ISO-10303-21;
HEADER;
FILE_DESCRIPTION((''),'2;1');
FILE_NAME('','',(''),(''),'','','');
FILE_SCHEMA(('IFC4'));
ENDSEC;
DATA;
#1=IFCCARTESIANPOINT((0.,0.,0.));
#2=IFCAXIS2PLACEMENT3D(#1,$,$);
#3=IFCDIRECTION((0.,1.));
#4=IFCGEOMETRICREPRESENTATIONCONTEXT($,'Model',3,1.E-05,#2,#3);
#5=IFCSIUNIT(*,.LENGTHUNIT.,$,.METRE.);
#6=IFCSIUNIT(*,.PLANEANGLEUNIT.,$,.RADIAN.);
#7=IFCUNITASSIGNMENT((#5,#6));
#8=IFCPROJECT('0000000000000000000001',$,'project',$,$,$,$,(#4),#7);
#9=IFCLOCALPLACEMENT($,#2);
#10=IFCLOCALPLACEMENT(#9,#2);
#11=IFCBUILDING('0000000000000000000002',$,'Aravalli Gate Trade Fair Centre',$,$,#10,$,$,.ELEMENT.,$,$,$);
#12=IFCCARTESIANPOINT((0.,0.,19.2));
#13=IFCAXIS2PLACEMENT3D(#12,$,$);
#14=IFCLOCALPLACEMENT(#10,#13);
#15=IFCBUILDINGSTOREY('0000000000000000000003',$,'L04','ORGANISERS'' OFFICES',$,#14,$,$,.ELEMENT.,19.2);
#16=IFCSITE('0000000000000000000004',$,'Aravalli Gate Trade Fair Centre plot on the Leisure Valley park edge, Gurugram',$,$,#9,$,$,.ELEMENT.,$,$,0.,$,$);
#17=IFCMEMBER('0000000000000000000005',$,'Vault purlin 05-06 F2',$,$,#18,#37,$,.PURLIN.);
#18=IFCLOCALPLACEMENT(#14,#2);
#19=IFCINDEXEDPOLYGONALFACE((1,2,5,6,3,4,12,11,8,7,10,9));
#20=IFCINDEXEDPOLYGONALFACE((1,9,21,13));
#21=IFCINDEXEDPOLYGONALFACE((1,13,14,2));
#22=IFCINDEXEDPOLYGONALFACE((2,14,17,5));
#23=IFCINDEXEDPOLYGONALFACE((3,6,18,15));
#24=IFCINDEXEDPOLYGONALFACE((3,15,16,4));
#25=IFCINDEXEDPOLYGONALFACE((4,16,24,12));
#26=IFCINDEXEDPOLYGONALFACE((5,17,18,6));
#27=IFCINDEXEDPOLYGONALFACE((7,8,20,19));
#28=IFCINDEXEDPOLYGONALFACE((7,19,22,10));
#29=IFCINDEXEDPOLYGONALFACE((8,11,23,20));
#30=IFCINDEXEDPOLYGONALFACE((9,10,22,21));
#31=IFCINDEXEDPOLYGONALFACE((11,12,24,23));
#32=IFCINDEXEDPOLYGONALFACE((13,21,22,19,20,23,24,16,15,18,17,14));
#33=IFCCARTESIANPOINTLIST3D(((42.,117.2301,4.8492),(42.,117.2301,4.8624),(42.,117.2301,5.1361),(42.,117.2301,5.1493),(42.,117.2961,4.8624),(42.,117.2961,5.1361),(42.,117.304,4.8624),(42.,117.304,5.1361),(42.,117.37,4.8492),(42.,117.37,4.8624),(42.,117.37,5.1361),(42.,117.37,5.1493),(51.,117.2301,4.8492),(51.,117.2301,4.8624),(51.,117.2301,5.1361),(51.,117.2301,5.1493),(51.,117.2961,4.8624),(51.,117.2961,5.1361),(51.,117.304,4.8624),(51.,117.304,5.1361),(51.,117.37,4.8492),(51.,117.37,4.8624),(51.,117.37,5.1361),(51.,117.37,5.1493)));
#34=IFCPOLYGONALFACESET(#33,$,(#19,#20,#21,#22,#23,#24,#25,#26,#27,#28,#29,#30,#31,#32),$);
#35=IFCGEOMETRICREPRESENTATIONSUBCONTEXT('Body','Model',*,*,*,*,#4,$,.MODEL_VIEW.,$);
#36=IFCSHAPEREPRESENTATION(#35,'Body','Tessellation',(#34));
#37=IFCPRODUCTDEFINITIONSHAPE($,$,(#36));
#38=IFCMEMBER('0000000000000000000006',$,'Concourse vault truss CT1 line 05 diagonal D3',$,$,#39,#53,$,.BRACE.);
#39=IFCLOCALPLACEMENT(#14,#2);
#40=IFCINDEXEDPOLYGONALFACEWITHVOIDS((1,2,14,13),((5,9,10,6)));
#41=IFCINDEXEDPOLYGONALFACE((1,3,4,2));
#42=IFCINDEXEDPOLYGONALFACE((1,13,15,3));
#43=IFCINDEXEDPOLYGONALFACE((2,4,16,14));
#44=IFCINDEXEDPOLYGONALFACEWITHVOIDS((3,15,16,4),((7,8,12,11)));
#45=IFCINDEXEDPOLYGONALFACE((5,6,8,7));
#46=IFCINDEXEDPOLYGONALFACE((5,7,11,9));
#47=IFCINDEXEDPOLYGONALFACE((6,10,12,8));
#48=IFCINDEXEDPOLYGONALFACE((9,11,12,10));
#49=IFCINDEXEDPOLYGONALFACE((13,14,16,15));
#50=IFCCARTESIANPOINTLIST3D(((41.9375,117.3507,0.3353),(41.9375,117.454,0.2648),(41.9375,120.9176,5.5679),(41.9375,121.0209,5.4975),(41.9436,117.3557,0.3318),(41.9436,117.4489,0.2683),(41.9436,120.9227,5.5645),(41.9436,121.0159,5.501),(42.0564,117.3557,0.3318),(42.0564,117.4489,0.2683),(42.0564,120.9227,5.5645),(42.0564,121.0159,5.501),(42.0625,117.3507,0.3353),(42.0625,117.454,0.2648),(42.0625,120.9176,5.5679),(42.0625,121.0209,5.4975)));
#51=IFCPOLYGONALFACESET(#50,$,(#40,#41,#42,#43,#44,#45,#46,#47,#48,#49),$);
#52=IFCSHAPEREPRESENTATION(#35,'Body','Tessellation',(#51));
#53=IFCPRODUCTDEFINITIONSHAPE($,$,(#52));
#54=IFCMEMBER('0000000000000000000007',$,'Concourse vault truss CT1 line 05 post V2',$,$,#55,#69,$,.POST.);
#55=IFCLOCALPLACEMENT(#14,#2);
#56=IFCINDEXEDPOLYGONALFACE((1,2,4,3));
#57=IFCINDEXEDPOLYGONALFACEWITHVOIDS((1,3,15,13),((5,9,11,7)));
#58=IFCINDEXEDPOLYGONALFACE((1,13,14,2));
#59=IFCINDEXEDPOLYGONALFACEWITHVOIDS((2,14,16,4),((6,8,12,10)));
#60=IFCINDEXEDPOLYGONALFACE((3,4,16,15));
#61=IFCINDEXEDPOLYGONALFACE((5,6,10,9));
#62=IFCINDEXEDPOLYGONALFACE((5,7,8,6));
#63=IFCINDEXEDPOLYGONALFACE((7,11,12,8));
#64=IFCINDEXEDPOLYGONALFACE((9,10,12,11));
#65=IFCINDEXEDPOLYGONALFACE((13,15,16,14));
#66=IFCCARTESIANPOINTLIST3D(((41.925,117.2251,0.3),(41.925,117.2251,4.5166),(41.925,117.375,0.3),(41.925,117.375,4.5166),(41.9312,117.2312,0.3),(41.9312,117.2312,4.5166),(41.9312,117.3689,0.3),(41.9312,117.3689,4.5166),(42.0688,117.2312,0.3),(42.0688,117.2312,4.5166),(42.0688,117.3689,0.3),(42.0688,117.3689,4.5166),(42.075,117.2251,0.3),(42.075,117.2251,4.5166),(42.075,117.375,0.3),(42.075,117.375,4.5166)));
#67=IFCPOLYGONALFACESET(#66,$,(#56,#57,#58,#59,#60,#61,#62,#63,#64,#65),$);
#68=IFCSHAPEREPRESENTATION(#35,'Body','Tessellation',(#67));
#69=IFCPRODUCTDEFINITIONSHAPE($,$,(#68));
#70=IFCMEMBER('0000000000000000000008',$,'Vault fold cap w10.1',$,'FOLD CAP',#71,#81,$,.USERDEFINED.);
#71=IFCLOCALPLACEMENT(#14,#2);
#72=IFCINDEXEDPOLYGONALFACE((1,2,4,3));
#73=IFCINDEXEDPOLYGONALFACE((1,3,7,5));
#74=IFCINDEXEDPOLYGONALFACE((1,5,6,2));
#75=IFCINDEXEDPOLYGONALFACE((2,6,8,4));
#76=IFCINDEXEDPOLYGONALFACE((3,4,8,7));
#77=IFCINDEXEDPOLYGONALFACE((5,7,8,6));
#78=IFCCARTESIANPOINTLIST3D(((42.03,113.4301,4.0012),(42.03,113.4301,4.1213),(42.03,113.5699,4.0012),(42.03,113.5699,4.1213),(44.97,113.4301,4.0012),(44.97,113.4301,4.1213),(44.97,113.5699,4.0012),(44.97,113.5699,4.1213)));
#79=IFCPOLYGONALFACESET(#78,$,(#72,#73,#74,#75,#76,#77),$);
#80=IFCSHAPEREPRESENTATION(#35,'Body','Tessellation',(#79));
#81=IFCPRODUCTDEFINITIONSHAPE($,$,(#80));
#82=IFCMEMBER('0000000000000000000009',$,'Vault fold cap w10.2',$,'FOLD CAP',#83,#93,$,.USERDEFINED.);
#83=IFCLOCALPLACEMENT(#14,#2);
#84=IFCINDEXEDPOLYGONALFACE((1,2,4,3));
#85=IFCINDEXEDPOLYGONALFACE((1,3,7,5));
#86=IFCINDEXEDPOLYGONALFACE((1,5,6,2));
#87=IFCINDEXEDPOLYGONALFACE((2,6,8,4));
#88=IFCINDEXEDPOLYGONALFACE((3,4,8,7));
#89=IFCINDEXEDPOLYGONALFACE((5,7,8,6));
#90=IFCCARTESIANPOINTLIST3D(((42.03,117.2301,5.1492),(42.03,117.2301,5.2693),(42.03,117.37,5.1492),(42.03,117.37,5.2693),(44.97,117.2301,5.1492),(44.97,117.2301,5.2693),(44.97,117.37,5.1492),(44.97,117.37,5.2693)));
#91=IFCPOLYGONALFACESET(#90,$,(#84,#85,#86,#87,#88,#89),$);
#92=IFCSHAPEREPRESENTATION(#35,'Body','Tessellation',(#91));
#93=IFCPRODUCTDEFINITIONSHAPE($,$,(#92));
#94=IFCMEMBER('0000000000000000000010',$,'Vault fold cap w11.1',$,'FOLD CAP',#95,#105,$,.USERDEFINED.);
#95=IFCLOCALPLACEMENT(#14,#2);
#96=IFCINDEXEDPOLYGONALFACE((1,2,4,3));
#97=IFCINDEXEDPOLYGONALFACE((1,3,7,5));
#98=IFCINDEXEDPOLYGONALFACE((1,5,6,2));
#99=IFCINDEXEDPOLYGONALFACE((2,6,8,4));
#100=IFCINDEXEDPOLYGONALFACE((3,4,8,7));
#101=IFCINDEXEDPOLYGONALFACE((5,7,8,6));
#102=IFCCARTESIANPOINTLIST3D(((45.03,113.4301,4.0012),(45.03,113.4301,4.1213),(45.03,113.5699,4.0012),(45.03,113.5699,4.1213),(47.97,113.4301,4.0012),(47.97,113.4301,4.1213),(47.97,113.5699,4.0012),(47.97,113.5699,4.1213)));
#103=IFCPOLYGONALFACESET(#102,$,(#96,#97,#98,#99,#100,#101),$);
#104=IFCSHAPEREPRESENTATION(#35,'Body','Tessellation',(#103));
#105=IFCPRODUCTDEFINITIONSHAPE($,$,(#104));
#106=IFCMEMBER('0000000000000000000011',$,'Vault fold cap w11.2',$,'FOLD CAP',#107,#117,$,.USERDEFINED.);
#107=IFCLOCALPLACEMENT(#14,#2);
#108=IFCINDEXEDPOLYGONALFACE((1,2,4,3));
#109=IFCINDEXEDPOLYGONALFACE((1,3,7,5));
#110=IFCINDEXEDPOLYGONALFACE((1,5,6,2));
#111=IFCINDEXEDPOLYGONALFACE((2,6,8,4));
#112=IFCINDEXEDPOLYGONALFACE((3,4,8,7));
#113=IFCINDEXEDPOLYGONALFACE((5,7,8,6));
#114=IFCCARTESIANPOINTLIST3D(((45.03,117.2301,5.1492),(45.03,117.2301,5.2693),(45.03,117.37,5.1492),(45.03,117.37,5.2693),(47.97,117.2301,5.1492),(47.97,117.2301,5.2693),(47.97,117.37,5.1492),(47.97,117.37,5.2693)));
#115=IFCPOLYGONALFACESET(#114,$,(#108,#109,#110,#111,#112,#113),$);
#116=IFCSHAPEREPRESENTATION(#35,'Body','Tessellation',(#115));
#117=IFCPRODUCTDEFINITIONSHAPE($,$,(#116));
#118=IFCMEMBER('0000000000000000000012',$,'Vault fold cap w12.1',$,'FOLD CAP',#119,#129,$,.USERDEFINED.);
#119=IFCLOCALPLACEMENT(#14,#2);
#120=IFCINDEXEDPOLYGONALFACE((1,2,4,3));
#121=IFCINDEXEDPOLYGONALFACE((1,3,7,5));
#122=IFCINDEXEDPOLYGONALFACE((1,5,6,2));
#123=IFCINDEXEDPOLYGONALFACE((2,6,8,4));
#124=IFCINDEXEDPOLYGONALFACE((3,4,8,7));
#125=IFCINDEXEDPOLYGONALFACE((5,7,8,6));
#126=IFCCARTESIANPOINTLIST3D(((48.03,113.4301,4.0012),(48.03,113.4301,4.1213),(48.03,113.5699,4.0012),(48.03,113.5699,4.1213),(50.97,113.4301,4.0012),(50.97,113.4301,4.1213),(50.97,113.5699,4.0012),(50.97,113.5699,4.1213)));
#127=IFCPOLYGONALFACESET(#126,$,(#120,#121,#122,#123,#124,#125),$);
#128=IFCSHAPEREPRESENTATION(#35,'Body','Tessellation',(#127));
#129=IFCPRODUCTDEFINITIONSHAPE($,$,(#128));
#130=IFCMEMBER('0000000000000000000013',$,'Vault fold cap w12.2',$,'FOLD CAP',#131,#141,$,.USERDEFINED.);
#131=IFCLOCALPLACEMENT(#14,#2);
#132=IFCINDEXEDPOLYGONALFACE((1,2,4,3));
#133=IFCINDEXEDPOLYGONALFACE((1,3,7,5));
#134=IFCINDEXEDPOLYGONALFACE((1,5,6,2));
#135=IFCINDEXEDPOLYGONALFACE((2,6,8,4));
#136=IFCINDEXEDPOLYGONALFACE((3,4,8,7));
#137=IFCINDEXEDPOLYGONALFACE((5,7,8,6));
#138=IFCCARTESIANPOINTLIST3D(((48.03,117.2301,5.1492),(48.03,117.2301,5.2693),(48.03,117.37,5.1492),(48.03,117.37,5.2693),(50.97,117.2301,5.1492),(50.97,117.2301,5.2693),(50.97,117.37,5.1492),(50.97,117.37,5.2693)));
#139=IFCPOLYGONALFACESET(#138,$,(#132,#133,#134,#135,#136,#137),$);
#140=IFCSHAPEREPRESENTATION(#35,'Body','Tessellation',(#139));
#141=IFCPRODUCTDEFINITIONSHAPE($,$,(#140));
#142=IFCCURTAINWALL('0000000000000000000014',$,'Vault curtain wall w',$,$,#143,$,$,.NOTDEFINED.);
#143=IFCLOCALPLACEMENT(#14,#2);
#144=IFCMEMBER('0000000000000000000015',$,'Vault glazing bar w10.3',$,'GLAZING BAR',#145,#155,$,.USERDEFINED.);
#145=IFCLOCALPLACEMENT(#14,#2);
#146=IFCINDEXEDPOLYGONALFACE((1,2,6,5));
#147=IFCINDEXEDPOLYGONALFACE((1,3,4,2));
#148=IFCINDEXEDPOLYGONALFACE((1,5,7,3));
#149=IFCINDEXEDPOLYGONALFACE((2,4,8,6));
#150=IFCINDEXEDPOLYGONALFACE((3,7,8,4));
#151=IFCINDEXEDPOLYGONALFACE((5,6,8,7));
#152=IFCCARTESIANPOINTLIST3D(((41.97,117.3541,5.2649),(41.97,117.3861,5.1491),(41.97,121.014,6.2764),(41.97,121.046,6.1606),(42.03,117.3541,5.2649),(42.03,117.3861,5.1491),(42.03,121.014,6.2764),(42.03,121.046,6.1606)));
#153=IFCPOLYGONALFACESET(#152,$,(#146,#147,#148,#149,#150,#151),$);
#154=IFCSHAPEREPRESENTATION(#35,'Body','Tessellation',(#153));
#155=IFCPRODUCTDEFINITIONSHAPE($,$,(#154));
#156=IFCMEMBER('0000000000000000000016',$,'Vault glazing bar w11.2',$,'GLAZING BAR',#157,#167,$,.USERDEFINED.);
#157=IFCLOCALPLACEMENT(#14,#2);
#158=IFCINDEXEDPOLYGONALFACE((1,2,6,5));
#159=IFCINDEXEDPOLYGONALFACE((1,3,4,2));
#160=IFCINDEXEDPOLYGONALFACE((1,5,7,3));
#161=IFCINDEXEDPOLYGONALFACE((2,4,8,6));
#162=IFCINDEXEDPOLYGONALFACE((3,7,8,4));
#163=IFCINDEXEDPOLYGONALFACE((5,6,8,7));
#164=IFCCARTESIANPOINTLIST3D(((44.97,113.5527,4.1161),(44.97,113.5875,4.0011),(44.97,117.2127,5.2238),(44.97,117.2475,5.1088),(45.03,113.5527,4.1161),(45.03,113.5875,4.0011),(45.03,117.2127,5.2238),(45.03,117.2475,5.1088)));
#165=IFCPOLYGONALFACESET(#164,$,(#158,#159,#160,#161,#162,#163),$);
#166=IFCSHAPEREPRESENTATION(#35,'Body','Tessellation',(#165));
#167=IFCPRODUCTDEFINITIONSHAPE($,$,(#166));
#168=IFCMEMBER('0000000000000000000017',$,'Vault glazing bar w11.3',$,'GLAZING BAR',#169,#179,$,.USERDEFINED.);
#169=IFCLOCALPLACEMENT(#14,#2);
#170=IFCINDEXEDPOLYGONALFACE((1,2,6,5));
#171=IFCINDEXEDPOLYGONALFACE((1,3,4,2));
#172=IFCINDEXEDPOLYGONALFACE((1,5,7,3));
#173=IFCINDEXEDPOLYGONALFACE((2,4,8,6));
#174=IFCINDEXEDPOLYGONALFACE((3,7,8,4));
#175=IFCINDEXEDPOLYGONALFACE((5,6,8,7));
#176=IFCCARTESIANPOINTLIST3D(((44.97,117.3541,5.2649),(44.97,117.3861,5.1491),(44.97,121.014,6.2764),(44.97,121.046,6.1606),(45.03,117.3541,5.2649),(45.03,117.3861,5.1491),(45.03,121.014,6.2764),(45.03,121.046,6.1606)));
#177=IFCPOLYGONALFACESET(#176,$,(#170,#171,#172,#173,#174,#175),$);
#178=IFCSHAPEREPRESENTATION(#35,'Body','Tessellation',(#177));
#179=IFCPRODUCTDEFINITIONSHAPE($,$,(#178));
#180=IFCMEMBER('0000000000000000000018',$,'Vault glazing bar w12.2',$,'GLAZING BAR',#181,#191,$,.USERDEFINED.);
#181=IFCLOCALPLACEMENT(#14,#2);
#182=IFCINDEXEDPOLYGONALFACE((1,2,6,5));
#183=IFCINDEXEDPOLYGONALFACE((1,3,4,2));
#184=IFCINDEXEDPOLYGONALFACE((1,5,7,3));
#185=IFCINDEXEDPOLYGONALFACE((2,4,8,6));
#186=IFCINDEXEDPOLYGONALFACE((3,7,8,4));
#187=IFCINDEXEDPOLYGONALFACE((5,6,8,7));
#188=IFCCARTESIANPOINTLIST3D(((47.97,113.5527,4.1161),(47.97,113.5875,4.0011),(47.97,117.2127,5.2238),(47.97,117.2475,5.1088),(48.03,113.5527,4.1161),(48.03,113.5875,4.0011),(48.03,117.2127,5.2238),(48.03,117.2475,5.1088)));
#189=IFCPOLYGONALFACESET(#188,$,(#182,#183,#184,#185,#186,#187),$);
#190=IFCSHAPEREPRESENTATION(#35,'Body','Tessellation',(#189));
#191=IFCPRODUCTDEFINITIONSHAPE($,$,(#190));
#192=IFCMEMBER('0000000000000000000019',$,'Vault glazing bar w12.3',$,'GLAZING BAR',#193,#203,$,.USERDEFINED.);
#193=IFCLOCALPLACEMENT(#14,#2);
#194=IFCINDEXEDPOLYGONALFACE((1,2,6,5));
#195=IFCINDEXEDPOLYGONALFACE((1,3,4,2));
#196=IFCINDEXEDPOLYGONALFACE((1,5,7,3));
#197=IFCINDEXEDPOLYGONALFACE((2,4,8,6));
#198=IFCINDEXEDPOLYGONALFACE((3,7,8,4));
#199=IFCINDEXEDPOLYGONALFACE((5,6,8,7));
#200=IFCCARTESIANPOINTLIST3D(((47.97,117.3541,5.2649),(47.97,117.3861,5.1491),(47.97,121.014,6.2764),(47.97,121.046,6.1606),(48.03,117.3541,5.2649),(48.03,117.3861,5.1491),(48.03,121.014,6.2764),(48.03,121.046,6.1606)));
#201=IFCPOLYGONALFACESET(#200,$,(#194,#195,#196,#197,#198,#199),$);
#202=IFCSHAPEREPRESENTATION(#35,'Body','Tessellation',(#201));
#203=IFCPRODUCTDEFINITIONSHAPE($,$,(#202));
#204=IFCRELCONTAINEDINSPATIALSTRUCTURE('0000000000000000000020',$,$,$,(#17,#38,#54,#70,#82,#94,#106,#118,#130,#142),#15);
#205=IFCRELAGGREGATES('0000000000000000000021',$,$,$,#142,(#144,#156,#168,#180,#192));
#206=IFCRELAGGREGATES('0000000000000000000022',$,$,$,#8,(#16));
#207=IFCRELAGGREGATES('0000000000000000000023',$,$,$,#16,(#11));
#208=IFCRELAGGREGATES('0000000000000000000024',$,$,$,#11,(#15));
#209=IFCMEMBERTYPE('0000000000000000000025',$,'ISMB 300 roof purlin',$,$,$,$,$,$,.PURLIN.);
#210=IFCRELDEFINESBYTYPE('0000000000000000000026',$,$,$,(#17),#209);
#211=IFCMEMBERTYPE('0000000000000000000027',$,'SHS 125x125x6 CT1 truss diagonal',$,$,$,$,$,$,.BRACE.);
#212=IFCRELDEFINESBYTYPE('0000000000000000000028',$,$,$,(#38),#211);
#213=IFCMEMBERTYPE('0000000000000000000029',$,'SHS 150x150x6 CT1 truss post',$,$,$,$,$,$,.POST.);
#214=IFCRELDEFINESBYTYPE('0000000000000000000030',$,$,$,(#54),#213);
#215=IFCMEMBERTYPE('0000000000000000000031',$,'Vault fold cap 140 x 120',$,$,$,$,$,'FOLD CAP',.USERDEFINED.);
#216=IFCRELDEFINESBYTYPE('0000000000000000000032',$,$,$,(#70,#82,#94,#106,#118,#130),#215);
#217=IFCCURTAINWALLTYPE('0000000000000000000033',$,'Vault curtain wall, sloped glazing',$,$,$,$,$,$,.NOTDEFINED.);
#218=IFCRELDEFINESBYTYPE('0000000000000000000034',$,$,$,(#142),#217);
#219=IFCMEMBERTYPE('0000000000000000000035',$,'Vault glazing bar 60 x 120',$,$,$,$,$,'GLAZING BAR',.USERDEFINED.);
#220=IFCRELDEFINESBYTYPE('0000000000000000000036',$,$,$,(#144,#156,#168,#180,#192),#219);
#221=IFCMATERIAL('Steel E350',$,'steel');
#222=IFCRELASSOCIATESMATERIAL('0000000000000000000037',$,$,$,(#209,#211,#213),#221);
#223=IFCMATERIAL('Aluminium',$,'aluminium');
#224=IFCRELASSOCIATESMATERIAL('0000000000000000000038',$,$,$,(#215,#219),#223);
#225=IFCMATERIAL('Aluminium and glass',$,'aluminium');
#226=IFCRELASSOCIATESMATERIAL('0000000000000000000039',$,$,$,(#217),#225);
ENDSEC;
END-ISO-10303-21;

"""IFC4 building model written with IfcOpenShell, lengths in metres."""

from ifc_helpers import new_model, si_unit, direction, frame, origin, origin_2d, place, context, subcontext, project, spatial, rectangle, hollow_rectangle, i_section, extrude, material, material_profile, profile_set, type_object, element, aggregate, save


model = new_model("IFC4")

# Units and contexts
model_context = context("Model", 3, precision=1e-05, world=origin(), true_north=direction((0.0, 1.0)))
body_context = subcontext(model_context, "Body", "Model", "MODEL_VIEW")
ifc_project = project(units=[si_unit("LENGTHUNIT", "METRE"), si_unit("PLANEANGLEUNIT", "RADIAN")], contexts=[model_context])

# Site, building, storey
site_placement = place(None, origin())
site = spatial("IfcSite", under=ifc_project, at=site_placement, Name="Aravalli Gate Trade Fair Centre plot on the Leisure Valley park edge, Gurugram", CompositionType="ELEMENT", RefElevation=0.0)
building_placement = place(site_placement, origin())
building = spatial("IfcBuilding", under=site, at=building_placement, Name="Aravalli Gate Trade Fair Centre", CompositionType="ELEMENT")
storey_placement = place(building_placement, frame((0.0, 0.0, 19.2)))
storey = spatial("IfcBuildingStorey", under=building, at=storey_placement, Name="L04", Description="ORGANISERS' OFFICES", CompositionType="ELEMENT", Elevation=19.2)

# Members
ifc_material_1 = material(Name="Steel E350", Category="steel")
ifc_material_profile_1 = material_profile(ifc_material_1, i_section(OverallWidth=0.1399, OverallDepth=0.3, WebThickness=0.0078, FlangeThickness=0.0132, at=origin_2d()), Name="ISMB 300")
ifc_profile_set_1 = profile_set([ifc_material_profile_1], Name="Steel E350")
member_type_1 = type_object("IfcMemberType", Name="ISMB 300 roof purlin", PredefinedType="PURLIN", material=ifc_profile_set_1)
member_1_placement = place(storey_placement, frame((42.0, 117.3, 4.9993), z_axis=(1.0, 0.0, 0.0), x_axis=(0.0, 1.0, 0.0)))
element("IfcMember", 1, at=member_1_placement, inside=storey, type_object=member_type_1, Name="Vault purlin 05-06 F2", PredefinedType="PURLIN", context=body_context, shape_type="SweptSolid", body=[
    extrude(i_section(OverallWidth=0.1399, OverallDepth=0.3, WebThickness=0.0078, FlangeThickness=0.0132, at=origin_2d()), origin(), (0.0, 0.0, 1.0), 9.0),
])
ifc_material_profile_2 = material_profile(ifc_material_1, hollow_rectangle(XDim=0.125, YDim=0.125, WallThickness=0.0061, at=origin_2d()), Name="SHS 125x125x6")
ifc_profile_set_2 = profile_set([ifc_material_profile_2], Name="Steel E350")
member_type_2 = type_object("IfcMemberType", Name="SHS 125x125x6 CT1 truss diagonal", PredefinedType="BRACE", material=ifc_profile_set_2)
member_2_placement = place(storey_placement, frame((42.0, 117.4023, 0.3), z_axis=(0.0, 0.563247, 0.826289), x_axis=(-1.0, 0.0, 0.0)))
element("IfcMember", 2, at=member_2_placement, inside=storey, type_object=member_type_2, Name="Concourse vault truss CT1 line 05 diagonal D3", PredefinedType="BRACE", context=body_context, shape_type="SweptSolid", body=[
    extrude(hollow_rectangle(XDim=0.125, YDim=0.125, WallThickness=0.0061, at=origin_2d()), origin(), (0.0, 0.0, 1.0), 6.3328),
])
ifc_material_profile_3 = material_profile(ifc_material_1, hollow_rectangle(XDim=0.1499, YDim=0.1499, WallThickness=0.0061, at=origin_2d()), Name="SHS 150x150x6")
ifc_profile_set_3 = profile_set([ifc_material_profile_3], Name="Steel E350")
member_type_3 = type_object("IfcMemberType", Name="SHS 150x150x6 CT1 truss post", PredefinedType="POST", material=ifc_profile_set_3)
member_3_placement = place(storey_placement, frame((42.0, 117.3, 0.3), z_axis=(0.0, 0.0, 1.0), x_axis=(1.0, 0.0, 0.0)))
element("IfcMember", 3, at=member_3_placement, inside=storey, type_object=member_type_3, Name="Concourse vault truss CT1 line 05 post V2", PredefinedType="POST", context=body_context, shape_type="SweptSolid", body=[
    extrude(hollow_rectangle(XDim=0.1499, YDim=0.1499, WallThickness=0.0061, at=origin_2d()), origin(), (0.0, 0.0, 1.0), 4.2166),
])
ifc_material_2 = material(Name="Aluminium", Category="aluminium")
ifc_material_profile_4 = material_profile(ifc_material_2, rectangle(XDim=0.1399, YDim=0.1201, at=origin_2d()), Name="Vault fold cap 140 x 120")
ifc_profile_set_4 = profile_set([ifc_material_profile_4], Name="Aluminium")
member_type_4 = type_object("IfcMemberType", Name="Vault fold cap 140 x 120", ElementType="FOLD CAP", PredefinedType="USERDEFINED", material=ifc_profile_set_4)
for number, where, z_axis, x_axis, name in (
    (4, (42.03, 113.5, 4.0613), (1.0, 0.0, 0.0), (0.0, 1.0, 0.0), "Vault fold cap w10.1"),
    (5, (42.03, 117.3, 5.2092), (1.0, 0.0, 0.0), (0.0, 1.0, 0.0), "Vault fold cap w10.2"),
    (6, (45.03, 113.5, 4.0613), (1.0, 0.0, 0.0), (0.0, 1.0, 0.0), "Vault fold cap w11.1"),
    (7, (45.03, 117.3, 5.2092), (1.0, 0.0, 0.0), (0.0, 1.0, 0.0), "Vault fold cap w11.2"),
    (8, (48.03, 113.5, 4.0613), (1.0, 0.0, 0.0), (0.0, 1.0, 0.0), "Vault fold cap w12.1"),
    (9, (48.03, 117.3, 5.2092), (1.0, 0.0, 0.0), (0.0, 1.0, 0.0), "Vault fold cap w12.2"),
):
    element("IfcMember", number, at=place(storey_placement, frame(where, z_axis=z_axis, x_axis=x_axis)), inside=storey, type_object=member_type_4, Name=name, ObjectType="FOLD CAP", PredefinedType="USERDEFINED", context=body_context, shape_type="SweptSolid", body=[
        extrude(rectangle(XDim=0.1399, YDim=0.1201, at=origin_2d()), origin(), (0.0, 0.0, 1.0), 2.9399),
    ])

# Curtain wall, members
ifc_material_3 = material(Name="Aluminium and glass", Category="aluminium")
curtain_wall_type = type_object("IfcCurtainWallType", Name="Vault curtain wall, sloped glazing", PredefinedType="NOTDEFINED", material=ifc_material_3)
curtain_wall_placement = place(storey_placement, origin())
curtain_wall = element("IfcCurtainWall", 10, at=curtain_wall_placement, inside=storey, type_object=curtain_wall_type, Name="Vault curtain wall w", PredefinedType="NOTDEFINED")
ifc_material_profile_5 = material_profile(ifc_material_2, rectangle(XDim=0.0601, YDim=0.1201, at=origin_2d()), Name="Vault glazing bar 60 x 120")
ifc_profile_set_5 = profile_set([ifc_material_profile_5], Name="Aluminium")
member_type_5 = type_object("IfcMemberType", Name="Vault glazing bar 60 x 120", ElementType="GLAZING BAR", PredefinedType="USERDEFINED", material=ifc_profile_set_5)
member_4_placement = place(storey_placement, frame((42.0, 117.3701, 5.207), z_axis=(0.0, 0.963868, 0.26638), x_axis=(-1.0, 0.0, 0.0)))
member_4 = element("IfcMember", 11, at=member_4_placement, type_object=member_type_5, Name="Vault glazing bar w10.3", ObjectType="GLAZING BAR", PredefinedType="USERDEFINED", context=body_context, shape_type="SweptSolid", body=[
    extrude(rectangle(XDim=0.0601, YDim=0.1201, at=origin_2d()), origin(), (0.0, 0.0, 1.0), 3.7971),
])
member_5_placement = place(storey_placement, frame((45.0, 113.5701, 4.0586), z_axis=(0.0, 0.957126, 0.289672), x_axis=(-1.0, 0.0, 0.0)))
member_5 = element("IfcMember", 12, at=member_5_placement, type_object=member_type_5, Name="Vault glazing bar w11.2", ObjectType="GLAZING BAR", PredefinedType="USERDEFINED", context=body_context, shape_type="SweptSolid", body=[
    extrude(rectangle(XDim=0.0601, YDim=0.1201, at=origin_2d()), origin(), (0.0, 0.0, 1.0), 3.824),
])
member_6_placement = place(storey_placement, frame((45.0, 117.3701, 5.207), z_axis=(0.0, 0.963868, 0.26638), x_axis=(-1.0, 0.0, 0.0)))
member_6 = element("IfcMember", 13, at=member_6_placement, type_object=member_type_5, Name="Vault glazing bar w11.3", ObjectType="GLAZING BAR", PredefinedType="USERDEFINED", context=body_context, shape_type="SweptSolid", body=[
    extrude(rectangle(XDim=0.0601, YDim=0.1201, at=origin_2d()), origin(), (0.0, 0.0, 1.0), 3.7971),
])
member_7_placement = place(storey_placement, frame((48.0, 113.5701, 4.0586), z_axis=(0.0, 0.957126, 0.289672), x_axis=(-1.0, 0.0, 0.0)))
member_7 = element("IfcMember", 14, at=member_7_placement, type_object=member_type_5, Name="Vault glazing bar w12.2", ObjectType="GLAZING BAR", PredefinedType="USERDEFINED", context=body_context, shape_type="SweptSolid", body=[
    extrude(rectangle(XDim=0.0601, YDim=0.1201, at=origin_2d()), origin(), (0.0, 0.0, 1.0), 3.824),
])
member_8_placement = place(storey_placement, frame((48.0, 117.3701, 5.207), z_axis=(0.0, 0.963868, 0.26638), x_axis=(-1.0, 0.0, 0.0)))
member_8 = element("IfcMember", 15, at=member_8_placement, type_object=member_type_5, Name="Vault glazing bar w12.3", ObjectType="GLAZING BAR", PredefinedType="USERDEFINED", context=body_context, shape_type="SweptSolid", body=[
    extrude(rectangle(XDim=0.0601, YDim=0.1201, at=origin_2d()), origin(), (0.0, 0.0, 1.0), 3.7971),
])
aggregate(curtain_wall, [member_4, member_5, member_6, member_7, member_8])

save(model, "model.ifc")
